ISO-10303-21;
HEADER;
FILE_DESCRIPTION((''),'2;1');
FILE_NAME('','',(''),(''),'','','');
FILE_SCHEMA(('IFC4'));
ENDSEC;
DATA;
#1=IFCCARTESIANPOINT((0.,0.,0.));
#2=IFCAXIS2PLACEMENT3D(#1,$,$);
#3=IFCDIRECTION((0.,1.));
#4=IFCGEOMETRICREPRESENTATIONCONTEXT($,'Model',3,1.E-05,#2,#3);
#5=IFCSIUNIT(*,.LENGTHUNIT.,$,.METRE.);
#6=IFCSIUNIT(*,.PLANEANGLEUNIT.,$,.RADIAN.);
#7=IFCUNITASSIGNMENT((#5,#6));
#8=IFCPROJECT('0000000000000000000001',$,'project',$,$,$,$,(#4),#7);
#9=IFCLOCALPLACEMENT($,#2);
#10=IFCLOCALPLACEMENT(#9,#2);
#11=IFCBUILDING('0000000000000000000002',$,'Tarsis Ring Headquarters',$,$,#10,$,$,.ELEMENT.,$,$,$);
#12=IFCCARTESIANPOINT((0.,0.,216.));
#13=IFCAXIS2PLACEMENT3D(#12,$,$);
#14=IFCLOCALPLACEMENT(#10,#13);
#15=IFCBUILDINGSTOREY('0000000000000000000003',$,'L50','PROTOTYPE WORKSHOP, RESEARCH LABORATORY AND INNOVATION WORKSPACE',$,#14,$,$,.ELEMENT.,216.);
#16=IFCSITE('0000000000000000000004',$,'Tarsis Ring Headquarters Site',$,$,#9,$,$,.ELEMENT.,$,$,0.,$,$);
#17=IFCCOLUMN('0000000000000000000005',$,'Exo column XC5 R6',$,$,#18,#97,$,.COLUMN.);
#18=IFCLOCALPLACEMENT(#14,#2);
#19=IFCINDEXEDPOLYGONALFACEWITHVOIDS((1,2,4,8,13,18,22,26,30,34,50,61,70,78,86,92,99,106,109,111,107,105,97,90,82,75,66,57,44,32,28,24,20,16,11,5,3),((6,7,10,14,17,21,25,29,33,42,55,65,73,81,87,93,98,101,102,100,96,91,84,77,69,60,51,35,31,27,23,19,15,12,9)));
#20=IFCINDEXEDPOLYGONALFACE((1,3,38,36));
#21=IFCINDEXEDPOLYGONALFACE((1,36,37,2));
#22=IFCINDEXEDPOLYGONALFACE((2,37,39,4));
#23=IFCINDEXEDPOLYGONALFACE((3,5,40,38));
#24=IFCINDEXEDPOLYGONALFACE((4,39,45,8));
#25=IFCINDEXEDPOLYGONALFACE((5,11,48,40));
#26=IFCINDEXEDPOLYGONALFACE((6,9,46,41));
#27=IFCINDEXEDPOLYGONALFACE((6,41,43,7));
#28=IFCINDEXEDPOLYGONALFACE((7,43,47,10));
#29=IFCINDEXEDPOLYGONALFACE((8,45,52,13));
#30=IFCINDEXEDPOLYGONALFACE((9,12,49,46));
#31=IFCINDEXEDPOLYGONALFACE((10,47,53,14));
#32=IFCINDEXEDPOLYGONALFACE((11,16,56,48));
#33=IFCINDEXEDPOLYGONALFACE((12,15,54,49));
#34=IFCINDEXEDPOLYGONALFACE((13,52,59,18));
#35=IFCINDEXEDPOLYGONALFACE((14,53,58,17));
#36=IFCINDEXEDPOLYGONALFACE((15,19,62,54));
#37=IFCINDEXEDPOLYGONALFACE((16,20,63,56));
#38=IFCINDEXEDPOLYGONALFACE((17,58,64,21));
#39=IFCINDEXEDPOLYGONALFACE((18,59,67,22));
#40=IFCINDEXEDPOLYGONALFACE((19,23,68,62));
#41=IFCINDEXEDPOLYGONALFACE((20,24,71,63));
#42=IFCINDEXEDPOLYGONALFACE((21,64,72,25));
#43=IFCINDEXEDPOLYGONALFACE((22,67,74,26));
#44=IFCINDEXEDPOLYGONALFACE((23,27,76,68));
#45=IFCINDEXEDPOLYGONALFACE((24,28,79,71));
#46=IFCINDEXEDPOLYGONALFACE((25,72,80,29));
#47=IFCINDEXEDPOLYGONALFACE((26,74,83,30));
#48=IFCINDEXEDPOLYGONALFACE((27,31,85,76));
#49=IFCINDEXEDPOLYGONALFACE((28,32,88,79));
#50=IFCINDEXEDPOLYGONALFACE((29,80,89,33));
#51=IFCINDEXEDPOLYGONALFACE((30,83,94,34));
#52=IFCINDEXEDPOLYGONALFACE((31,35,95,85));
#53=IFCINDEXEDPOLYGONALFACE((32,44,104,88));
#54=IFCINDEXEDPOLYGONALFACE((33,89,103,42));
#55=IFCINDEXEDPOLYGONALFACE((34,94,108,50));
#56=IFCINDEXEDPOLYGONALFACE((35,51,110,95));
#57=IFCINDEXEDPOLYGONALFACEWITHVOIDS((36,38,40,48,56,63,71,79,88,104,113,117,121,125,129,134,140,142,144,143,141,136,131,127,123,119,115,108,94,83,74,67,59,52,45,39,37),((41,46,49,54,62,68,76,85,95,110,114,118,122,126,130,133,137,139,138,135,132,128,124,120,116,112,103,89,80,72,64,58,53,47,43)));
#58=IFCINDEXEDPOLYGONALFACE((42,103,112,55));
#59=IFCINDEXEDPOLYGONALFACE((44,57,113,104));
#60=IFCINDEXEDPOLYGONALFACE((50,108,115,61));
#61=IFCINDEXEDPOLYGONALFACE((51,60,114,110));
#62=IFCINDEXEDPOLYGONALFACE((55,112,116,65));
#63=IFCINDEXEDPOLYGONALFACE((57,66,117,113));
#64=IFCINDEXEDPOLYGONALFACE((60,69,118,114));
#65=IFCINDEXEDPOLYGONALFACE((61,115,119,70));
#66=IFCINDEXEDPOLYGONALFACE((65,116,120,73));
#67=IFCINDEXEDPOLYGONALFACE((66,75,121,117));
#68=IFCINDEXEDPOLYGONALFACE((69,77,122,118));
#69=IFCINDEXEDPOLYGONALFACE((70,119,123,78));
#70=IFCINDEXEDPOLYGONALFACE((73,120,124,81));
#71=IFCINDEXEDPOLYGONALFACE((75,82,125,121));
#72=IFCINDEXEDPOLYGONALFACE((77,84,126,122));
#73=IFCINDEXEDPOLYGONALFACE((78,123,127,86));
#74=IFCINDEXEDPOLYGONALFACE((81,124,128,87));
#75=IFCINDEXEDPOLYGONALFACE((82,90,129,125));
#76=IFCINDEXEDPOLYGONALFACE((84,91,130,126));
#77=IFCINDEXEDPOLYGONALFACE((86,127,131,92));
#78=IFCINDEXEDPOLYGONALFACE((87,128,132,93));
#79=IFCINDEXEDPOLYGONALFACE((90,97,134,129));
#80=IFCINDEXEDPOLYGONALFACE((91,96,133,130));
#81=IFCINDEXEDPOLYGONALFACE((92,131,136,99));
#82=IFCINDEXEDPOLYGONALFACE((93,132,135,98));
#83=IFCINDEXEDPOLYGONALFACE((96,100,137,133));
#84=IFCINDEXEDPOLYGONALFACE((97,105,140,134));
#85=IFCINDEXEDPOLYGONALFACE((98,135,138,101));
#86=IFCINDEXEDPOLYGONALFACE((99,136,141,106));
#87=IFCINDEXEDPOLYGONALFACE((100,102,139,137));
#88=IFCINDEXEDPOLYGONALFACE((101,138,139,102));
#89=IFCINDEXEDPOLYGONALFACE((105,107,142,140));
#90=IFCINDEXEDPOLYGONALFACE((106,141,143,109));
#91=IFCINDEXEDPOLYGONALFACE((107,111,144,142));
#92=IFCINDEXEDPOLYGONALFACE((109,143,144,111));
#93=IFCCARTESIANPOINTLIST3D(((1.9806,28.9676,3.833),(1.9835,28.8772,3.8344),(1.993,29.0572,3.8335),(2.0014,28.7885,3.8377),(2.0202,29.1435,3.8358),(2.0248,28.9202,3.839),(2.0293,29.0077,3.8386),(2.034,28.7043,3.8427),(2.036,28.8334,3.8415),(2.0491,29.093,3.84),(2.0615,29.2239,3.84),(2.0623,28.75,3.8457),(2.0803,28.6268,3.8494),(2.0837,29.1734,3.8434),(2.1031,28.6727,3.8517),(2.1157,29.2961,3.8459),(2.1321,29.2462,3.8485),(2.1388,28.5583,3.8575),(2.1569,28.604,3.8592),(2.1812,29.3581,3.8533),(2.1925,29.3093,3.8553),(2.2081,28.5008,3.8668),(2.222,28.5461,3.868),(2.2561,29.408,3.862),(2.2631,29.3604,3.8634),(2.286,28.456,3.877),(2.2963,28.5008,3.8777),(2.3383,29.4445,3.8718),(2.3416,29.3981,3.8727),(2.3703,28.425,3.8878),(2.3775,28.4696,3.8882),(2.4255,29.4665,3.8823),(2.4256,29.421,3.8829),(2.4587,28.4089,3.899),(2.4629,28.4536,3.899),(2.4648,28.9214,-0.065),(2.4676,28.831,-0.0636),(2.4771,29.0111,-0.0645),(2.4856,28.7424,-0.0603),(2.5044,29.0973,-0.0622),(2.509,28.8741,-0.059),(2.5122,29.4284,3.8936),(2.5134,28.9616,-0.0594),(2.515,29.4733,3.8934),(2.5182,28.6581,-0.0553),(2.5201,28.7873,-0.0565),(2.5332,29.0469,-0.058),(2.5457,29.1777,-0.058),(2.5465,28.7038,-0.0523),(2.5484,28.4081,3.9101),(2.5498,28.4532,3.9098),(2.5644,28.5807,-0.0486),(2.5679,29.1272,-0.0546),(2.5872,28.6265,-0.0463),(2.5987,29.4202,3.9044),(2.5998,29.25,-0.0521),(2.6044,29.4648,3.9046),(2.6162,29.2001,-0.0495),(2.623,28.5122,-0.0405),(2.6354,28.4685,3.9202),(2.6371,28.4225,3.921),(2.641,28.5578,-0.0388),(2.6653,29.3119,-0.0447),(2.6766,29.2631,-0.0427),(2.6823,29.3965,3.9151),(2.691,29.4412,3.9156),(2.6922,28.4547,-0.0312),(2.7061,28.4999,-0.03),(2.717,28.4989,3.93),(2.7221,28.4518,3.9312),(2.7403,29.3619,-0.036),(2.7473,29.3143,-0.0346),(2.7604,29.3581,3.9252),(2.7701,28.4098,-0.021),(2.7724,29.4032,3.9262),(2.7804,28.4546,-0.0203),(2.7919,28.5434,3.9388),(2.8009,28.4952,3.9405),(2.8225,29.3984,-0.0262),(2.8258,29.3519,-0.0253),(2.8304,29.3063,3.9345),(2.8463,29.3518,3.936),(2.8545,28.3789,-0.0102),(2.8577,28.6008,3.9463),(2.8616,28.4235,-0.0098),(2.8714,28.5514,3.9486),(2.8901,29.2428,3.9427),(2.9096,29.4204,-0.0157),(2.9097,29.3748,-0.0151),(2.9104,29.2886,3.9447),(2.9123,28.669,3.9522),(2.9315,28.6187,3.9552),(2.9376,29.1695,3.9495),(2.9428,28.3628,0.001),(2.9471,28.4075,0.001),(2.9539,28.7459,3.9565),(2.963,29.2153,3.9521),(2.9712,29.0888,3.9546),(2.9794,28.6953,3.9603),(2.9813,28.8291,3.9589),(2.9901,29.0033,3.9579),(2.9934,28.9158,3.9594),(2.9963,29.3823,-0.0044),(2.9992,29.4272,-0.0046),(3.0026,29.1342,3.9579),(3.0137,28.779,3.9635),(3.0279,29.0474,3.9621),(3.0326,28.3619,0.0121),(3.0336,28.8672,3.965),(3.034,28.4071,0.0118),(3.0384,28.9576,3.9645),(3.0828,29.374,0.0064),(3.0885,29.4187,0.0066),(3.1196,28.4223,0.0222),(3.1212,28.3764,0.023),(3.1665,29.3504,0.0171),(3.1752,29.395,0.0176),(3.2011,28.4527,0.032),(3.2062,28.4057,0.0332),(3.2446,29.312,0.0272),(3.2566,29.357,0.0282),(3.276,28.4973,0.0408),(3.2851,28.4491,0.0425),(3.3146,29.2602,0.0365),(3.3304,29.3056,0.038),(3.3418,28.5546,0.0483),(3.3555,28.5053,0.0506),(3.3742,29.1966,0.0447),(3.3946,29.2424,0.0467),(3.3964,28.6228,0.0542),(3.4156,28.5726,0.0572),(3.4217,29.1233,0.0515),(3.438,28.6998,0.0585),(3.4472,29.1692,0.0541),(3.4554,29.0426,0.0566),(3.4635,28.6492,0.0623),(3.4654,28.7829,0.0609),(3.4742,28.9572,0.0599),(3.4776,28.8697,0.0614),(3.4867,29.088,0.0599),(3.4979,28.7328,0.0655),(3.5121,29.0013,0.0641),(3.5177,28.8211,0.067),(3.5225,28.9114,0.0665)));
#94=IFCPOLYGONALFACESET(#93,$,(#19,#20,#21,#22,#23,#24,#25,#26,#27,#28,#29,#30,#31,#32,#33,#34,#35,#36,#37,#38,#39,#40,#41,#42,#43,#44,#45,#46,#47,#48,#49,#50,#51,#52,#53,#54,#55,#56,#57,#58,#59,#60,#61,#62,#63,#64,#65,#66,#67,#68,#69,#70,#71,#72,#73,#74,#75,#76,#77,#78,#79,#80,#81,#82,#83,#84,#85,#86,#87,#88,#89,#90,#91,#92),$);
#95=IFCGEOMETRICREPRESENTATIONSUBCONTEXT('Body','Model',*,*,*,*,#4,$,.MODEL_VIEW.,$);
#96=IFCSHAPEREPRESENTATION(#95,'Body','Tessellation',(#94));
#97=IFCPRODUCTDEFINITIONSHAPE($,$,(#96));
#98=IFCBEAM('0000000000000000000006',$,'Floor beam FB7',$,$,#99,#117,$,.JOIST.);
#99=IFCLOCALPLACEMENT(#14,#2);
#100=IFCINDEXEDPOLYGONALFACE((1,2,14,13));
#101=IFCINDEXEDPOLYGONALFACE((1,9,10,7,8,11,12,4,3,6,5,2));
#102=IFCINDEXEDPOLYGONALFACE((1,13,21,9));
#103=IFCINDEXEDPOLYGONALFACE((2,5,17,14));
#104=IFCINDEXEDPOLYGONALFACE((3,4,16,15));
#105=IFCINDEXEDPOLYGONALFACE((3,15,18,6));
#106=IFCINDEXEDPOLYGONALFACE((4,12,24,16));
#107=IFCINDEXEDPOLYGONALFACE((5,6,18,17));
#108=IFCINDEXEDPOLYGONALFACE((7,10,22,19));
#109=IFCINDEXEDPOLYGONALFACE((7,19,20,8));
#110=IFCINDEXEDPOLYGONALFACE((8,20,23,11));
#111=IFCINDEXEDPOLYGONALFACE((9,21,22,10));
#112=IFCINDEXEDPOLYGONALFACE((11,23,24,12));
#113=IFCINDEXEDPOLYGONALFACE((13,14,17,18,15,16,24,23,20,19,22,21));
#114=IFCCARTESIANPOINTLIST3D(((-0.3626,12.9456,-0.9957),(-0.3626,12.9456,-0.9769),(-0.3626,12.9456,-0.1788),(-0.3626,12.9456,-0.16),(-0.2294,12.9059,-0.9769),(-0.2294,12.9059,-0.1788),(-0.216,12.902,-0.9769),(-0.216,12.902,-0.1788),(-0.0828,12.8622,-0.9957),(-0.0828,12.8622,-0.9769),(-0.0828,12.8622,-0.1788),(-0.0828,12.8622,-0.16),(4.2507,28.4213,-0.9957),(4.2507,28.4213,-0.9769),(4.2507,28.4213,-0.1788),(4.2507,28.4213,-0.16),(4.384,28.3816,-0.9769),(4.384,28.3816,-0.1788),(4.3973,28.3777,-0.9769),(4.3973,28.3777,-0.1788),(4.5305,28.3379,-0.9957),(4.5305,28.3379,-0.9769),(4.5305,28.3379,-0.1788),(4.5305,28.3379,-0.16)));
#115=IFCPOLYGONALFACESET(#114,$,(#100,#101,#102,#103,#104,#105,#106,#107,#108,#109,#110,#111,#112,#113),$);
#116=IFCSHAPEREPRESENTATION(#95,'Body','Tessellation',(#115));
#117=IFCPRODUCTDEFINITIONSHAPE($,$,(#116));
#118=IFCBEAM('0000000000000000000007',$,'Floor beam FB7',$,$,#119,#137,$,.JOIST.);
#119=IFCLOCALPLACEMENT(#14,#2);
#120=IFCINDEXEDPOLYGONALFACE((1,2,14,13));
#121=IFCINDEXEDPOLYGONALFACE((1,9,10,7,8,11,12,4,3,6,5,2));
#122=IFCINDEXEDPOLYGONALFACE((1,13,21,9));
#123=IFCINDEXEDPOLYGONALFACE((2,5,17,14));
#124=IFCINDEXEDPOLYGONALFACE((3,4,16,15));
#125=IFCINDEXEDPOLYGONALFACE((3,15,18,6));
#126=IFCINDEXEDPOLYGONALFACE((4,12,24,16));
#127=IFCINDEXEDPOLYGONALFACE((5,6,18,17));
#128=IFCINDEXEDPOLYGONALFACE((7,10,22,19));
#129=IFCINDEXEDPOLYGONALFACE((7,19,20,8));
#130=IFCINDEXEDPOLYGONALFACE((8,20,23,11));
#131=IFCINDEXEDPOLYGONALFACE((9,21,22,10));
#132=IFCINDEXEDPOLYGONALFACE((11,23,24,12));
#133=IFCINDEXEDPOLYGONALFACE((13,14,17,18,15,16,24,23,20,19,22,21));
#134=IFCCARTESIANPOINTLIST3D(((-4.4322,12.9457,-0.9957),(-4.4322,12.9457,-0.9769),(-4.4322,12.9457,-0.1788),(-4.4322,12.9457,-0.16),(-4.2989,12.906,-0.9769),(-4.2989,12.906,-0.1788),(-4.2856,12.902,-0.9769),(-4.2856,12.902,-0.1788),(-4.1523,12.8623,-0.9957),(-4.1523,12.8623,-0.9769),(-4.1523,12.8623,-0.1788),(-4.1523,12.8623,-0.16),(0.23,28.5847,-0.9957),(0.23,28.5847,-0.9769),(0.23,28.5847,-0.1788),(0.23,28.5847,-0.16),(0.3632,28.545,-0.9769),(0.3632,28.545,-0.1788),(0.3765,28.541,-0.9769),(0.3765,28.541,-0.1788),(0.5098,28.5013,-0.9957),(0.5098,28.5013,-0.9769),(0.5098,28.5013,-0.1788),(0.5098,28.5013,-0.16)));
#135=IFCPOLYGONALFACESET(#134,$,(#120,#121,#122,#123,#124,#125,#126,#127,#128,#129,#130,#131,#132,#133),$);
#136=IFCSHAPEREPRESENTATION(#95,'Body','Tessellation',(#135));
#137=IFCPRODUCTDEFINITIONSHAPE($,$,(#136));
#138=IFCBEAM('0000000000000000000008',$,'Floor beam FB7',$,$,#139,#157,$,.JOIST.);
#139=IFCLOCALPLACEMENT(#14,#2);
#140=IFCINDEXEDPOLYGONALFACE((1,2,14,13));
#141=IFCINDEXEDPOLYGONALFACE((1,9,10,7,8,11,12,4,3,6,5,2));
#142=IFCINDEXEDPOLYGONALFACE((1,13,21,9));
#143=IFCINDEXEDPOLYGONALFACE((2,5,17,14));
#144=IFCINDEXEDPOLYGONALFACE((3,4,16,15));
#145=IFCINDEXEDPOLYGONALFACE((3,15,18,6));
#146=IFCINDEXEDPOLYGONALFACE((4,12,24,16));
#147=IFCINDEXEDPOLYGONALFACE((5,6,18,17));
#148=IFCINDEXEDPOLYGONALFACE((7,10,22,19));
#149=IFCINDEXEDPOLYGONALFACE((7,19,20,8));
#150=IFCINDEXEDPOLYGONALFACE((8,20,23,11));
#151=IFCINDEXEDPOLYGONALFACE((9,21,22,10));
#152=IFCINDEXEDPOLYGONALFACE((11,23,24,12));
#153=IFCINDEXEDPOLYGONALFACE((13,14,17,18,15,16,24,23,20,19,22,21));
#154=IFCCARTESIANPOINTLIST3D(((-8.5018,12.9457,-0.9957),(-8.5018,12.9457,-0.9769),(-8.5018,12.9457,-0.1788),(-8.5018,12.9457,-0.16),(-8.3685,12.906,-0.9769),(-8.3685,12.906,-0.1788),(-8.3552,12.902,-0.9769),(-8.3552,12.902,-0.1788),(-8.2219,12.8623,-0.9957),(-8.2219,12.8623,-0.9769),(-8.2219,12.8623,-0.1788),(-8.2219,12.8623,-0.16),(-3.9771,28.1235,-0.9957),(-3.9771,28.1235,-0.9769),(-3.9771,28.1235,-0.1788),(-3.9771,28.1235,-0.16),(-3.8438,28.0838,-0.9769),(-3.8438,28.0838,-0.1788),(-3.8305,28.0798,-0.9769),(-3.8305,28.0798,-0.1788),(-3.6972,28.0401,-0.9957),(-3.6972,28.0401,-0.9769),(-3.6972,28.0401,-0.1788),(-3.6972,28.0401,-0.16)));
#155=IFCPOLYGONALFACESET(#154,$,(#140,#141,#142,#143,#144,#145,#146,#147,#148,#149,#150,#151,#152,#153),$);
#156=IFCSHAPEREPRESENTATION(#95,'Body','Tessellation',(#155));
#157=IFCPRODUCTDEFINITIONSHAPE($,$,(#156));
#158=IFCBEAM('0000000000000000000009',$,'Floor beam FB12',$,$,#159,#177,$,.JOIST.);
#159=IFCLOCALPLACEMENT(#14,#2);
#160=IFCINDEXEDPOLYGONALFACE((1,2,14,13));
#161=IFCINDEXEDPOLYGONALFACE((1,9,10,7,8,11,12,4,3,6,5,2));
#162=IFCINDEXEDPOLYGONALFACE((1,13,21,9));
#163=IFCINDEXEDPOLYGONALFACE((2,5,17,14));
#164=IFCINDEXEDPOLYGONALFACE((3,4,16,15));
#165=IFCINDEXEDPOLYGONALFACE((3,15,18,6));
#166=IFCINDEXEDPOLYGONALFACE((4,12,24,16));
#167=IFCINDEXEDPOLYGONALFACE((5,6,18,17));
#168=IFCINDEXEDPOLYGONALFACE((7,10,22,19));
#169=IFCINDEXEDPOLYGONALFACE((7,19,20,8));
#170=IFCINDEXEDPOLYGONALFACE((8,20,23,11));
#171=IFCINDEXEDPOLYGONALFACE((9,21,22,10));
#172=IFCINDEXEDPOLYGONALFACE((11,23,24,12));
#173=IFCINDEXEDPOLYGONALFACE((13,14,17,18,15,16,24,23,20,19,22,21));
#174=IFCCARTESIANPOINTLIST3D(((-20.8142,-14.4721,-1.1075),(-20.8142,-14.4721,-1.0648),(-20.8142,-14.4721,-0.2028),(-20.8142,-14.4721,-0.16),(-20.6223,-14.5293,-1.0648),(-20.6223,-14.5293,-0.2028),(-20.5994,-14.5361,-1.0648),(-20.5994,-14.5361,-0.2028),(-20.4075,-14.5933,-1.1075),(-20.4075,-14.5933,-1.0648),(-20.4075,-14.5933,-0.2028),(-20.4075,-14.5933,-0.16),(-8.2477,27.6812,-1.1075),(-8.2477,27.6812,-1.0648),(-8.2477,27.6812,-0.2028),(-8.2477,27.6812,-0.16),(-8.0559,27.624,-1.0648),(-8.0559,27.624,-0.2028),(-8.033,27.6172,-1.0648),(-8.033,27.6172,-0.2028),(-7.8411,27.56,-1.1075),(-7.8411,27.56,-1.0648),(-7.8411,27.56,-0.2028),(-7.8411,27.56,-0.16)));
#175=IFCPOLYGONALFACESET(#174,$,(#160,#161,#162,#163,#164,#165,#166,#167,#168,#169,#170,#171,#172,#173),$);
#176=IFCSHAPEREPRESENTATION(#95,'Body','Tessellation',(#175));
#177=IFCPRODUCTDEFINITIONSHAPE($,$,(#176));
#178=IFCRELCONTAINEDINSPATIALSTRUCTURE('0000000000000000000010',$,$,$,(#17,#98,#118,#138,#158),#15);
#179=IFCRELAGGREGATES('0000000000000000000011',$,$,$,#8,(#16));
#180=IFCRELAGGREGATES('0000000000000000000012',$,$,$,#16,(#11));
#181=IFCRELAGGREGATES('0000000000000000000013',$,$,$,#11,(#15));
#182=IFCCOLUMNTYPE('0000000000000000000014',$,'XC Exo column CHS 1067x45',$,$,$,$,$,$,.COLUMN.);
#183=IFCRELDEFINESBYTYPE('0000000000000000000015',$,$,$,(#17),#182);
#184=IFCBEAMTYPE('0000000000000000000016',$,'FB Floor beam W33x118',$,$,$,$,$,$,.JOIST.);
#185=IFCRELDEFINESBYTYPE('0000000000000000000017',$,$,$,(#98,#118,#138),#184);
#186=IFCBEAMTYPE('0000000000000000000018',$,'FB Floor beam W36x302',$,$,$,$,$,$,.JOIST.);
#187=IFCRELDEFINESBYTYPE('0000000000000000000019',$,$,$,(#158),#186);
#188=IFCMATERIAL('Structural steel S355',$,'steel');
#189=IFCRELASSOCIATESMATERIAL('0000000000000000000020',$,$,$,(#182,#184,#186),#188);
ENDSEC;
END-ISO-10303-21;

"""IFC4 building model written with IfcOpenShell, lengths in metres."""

from ifc_helpers import new_model, si_unit, direction, frame, origin, origin_2d, place, context, subcontext, project, spatial, hollow_circle, i_section, extrude, material, material_profile, profile_set, type_object, element, save


model = new_model("IFC4")

# Units and contexts
model_context = context("Model", 3, precision=1e-05, world=origin(), true_north=direction((0.0, 1.0)))
body_context = subcontext(model_context, "Body", "Model", "MODEL_VIEW")
ifc_project = project(units=[si_unit("LENGTHUNIT", "METRE"), si_unit("PLANEANGLEUNIT", "RADIAN")], contexts=[model_context])

# Site, building, storey
site_placement = place(None, origin())
site = spatial("IfcSite", under=ifc_project, at=site_placement, Name="Tarsis Ring Headquarters Site", CompositionType="ELEMENT", RefElevation=0.0)
building_placement = place(site_placement, origin())
building = spatial("IfcBuilding", under=site, at=building_placement, Name="Tarsis Ring Headquarters", CompositionType="ELEMENT")
storey_placement = place(building_placement, frame((0.0, 0.0, 216.0)))
storey = spatial("IfcBuildingStorey", under=building, at=storey_placement, Name="L50", Description="PROTOTYPE WORKSHOP, RESEARCH LABORATORY AND INNOVATION WORKSPACE", CompositionType="ELEMENT", Elevation=216.0)

# Column
ifc_material_1 = material(Name="Structural steel S355", Category="steel")
ifc_material_profile_1 = material_profile(ifc_material_1, hollow_circle(Radius=0.5334, WallThickness=0.0449, at=origin_2d()), Name="CHS 1067x45")
ifc_profile_set_1 = profile_set([ifc_material_profile_1], Name="Structural steel S355")
column_type = type_object("IfcColumnType", Name="XC Exo column CHS 1067x45", PredefinedType="COLUMN", material=ifc_profile_set_1)
column_placement = place(storey_placement, frame((2.9934, 28.8938, 0.001), z_axis=(-0.123246, 0.011747, 0.992307), x_axis=(-0.09488, -0.995489, 0.0)))
element("IfcColumn", 1, at=column_placement, inside=storey, type_object=column_type, Name="Exo column XC5 R6", PredefinedType="COLUMN", context=body_context, shape_type="SweptSolid", body=[
    extrude(hollow_circle(Radius=0.5334, WallThickness=0.0449, at=origin_2d()), origin(), (0.0, 0.0, 1.0), 3.9282),
])

# Beams
ifc_material_profile_2 = material_profile(ifc_material_1, i_section(OverallWidth=0.292, OverallDepth=0.8357, WebThickness=0.0139, FlangeThickness=0.0188, at=origin_2d()), Name="W33x118")
ifc_profile_set_2 = profile_set([ifc_material_profile_2], Name="Structural steel S355")
beam_type_1 = type_object("IfcBeamType", Name="FB Floor beam W33x118", PredefinedType="JOIST", material=ifc_profile_set_2)
beam_1_placement = place(storey_placement, frame((4.3906, 28.3796, -0.5779), z_axis=(-0.285677, -0.958326, 0.0), x_axis=(0.958326, -0.285677, 0.0)))
element("IfcBeam", 2, at=beam_1_placement, inside=storey, type_object=beam_type_1, Name="Floor beam FB7", PredefinedType="JOIST", context=body_context, shape_type="SweptSolid", body=[
    extrude(i_section(OverallWidth=0.292, OverallDepth=0.8357, WebThickness=0.0139, FlangeThickness=0.0188, at=origin_2d()), origin(), (0.0, 0.0, 1.0), 16.1487),
])
beam_2_placement = place(storey_placement, frame((0.3699, 28.543, -0.5779), z_axis=(-0.285685, -0.958323, 0.0), x_axis=(0.958323, -0.285685, 0.0)))
element("IfcBeam", 3, at=beam_2_placement, inside=storey, type_object=beam_type_1, Name="Floor beam FB7", PredefinedType="JOIST", context=body_context, shape_type="SweptSolid", body=[
    extrude(i_section(OverallWidth=0.292, OverallDepth=0.8357, WebThickness=0.0139, FlangeThickness=0.0188, at=origin_2d()), origin(), (0.0, 0.0, 1.0), 16.3191),
])
beam_3_placement = place(storey_placement, frame((-3.8372, 28.0818, -0.5779), z_axis=(-0.285687, -0.958323, 0.0), x_axis=(0.958323, -0.285687, 0.0)))
element("IfcBeam", 4, at=beam_3_placement, inside=storey, type_object=beam_type_1, Name="Floor beam FB7", PredefinedType="JOIST", context=body_context, shape_type="SweptSolid", body=[
    extrude(i_section(OverallWidth=0.292, OverallDepth=0.8357, WebThickness=0.0139, FlangeThickness=0.0188, at=origin_2d()), origin(), (0.0, 0.0, 1.0), 15.8379),
])
ifc_material_profile_3 = material_profile(ifc_material_1, i_section(OverallWidth=0.4243, OverallDepth=0.9475, WebThickness=0.0239, FlangeThickness=0.0427, at=origin_2d()), Name="W36x302")
ifc_profile_set_3 = profile_set([ifc_material_profile_3], Name="Structural steel S355")
beam_type_2 = type_object("IfcBeamType", Name="FB Floor beam W36x302", PredefinedType="JOIST", material=ifc_profile_set_3)
beam_4_placement = place(storey_placement, frame((-8.0444, 27.6206, -0.6338), z_axis=(-0.285687, -0.958323, 0.0), x_axis=(0.958323, -0.285687, 0.0)))
element("IfcBeam", 5, at=beam_4_placement, inside=storey, type_object=beam_type_2, Name="Floor beam FB12", PredefinedType="JOIST", context=body_context, shape_type="SweptSolid", body=[
    extrude(i_section(OverallWidth=0.4243, OverallDepth=0.9475, WebThickness=0.0239, FlangeThickness=0.0427, at=origin_2d()), origin(), (0.0, 0.0, 1.0), 43.9866),
])

save(model, "model.ifc")
